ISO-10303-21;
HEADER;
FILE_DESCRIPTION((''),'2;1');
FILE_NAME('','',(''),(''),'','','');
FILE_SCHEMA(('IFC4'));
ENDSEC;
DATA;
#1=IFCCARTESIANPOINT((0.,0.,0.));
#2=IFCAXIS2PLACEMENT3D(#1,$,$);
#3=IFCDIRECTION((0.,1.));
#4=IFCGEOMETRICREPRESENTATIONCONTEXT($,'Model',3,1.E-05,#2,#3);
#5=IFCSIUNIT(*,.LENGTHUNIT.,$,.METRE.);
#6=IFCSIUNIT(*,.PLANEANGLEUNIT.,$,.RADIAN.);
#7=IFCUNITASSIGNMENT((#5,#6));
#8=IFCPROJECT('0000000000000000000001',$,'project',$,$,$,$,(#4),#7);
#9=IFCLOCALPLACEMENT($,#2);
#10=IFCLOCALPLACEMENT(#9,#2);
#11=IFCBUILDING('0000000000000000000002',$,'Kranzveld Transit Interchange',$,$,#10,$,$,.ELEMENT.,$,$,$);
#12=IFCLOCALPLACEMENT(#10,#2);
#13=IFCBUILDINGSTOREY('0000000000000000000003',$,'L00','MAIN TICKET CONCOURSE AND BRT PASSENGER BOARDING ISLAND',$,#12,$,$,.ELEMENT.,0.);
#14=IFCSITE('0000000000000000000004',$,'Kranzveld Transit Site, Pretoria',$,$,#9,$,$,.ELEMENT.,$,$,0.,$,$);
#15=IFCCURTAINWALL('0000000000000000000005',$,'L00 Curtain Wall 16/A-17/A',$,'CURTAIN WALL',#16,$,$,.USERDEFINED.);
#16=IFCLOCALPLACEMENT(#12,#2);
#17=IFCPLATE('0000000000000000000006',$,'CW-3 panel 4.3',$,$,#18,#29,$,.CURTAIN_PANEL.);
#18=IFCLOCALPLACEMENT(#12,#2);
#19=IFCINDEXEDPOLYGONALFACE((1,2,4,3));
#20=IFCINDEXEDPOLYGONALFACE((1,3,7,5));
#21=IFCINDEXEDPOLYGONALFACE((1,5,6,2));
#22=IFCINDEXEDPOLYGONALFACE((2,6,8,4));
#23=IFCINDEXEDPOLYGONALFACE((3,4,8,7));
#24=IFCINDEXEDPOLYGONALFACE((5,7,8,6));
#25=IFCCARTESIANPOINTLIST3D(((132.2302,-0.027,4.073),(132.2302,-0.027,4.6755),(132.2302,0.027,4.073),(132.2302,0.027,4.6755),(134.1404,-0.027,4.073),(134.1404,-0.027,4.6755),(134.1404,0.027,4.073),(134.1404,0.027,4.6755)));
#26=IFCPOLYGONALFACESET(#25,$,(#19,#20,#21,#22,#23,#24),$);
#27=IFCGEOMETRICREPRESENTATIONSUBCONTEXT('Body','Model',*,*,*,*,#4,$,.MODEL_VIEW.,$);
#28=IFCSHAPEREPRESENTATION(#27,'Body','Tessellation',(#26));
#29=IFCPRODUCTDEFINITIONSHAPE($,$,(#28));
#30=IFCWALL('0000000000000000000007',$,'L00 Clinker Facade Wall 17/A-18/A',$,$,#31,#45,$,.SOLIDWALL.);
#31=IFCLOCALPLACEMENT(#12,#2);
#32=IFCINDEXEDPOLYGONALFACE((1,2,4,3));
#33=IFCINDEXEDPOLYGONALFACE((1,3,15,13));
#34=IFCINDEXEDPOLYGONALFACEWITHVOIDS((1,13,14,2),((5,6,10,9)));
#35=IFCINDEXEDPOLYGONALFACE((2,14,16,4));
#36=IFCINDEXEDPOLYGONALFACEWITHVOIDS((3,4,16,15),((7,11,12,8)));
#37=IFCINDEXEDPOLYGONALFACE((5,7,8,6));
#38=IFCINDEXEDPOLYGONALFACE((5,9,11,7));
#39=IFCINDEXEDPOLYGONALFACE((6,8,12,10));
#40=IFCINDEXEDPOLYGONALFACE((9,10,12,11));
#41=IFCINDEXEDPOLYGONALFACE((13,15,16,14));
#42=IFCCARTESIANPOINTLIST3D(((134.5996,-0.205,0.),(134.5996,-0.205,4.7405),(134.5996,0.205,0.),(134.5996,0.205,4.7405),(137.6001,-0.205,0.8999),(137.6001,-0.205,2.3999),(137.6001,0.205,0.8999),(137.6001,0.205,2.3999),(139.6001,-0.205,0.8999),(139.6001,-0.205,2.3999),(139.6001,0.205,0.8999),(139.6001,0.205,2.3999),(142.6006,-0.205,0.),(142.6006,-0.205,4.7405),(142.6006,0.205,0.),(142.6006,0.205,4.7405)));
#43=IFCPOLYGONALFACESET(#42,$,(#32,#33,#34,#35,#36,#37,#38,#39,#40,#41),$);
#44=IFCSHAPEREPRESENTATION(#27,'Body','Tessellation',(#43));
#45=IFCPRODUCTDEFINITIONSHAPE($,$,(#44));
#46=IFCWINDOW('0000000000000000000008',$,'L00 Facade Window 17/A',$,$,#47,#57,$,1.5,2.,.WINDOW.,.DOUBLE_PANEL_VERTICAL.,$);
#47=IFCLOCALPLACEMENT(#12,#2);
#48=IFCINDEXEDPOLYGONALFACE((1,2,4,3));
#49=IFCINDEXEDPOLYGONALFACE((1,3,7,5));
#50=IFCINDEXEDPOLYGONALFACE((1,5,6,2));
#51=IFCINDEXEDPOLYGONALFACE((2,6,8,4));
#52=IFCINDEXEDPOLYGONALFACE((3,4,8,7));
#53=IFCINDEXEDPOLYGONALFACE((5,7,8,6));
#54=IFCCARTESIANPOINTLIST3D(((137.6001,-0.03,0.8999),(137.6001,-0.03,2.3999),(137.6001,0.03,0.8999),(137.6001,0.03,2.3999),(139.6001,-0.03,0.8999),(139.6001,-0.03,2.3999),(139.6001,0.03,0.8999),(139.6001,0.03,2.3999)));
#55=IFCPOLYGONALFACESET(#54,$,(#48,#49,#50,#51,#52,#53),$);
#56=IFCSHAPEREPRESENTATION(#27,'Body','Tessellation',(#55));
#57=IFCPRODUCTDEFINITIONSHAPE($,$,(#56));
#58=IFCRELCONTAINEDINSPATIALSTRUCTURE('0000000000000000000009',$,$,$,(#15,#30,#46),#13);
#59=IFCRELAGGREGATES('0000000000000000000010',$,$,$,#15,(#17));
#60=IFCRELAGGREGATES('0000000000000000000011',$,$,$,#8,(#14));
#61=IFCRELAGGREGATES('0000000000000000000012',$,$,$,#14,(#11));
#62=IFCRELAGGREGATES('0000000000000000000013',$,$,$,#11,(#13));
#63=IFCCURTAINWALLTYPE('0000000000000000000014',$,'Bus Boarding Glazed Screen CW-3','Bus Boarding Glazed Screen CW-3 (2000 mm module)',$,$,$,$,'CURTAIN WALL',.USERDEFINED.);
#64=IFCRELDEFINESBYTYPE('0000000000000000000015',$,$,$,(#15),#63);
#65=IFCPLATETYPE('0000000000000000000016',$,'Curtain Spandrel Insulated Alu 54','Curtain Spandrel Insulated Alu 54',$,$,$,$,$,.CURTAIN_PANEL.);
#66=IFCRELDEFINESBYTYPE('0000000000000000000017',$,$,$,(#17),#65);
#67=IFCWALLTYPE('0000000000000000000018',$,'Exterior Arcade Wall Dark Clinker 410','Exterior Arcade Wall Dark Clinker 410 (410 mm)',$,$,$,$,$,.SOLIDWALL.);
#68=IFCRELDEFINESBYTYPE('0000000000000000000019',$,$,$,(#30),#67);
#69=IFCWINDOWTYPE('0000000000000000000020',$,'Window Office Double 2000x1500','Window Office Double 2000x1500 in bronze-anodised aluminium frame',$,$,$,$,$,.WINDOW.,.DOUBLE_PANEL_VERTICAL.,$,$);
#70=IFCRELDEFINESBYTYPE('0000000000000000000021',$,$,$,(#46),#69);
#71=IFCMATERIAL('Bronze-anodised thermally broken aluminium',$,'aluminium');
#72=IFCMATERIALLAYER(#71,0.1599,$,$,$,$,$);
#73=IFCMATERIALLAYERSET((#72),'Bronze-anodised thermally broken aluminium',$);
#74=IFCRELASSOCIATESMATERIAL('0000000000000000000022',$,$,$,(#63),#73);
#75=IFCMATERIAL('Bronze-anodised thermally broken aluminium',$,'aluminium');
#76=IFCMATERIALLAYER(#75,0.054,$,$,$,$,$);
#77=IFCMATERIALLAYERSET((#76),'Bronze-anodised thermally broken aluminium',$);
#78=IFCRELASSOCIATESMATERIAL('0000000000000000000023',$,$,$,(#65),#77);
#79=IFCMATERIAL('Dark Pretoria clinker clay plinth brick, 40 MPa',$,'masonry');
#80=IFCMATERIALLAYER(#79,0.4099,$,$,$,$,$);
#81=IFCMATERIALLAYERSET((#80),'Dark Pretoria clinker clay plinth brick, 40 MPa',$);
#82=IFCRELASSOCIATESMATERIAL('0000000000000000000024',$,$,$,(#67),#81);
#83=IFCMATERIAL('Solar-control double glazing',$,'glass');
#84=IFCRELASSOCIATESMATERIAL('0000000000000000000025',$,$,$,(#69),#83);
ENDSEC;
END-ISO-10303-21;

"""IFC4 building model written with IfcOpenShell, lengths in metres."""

from ifc_helpers import new_model, si_unit, direction, frame, frame_2d, origin, origin_2d, place, context, subcontext, project, spatial, rectangle, extrude, material, layer, layer_set, type_object, element, fill, aggregate, save


model = new_model("IFC4")

# Units and contexts
model_context = context("Model", 3, precision=1e-05, world=origin(), true_north=direction((0.0, 1.0)))
body_context = subcontext(model_context, "Body", "Model", "MODEL_VIEW")
ifc_project = project(units=[si_unit("LENGTHUNIT", "METRE"), si_unit("PLANEANGLEUNIT", "RADIAN")], contexts=[model_context])

# Site, building, storey
site_placement = place(None, origin())
site = spatial("IfcSite", under=ifc_project, at=site_placement, Name="Kranzveld Transit Site, Pretoria", CompositionType="ELEMENT", RefElevation=0.0)
building_placement = place(site_placement, origin())
building = spatial("IfcBuilding", under=site, at=building_placement, Name="Kranzveld Transit Interchange", CompositionType="ELEMENT")
storey_placement = place(building_placement, origin())
storey = spatial("IfcBuildingStorey", under=building, at=storey_placement, Name="L00", Description="MAIN TICKET CONCOURSE AND BRT PASSENGER BOARDING ISLAND", CompositionType="ELEMENT", Elevation=0.0)

# Curtain wall
ifc_material_1 = material(Name="Bronze-anodised thermally broken aluminium", Category="aluminium")
ifc_layer_1 = layer(ifc_material_1, 0.1599)
ifc_layer_set_1 = layer_set([ifc_layer_1], Name="Bronze-anodised thermally broken aluminium")
curtain_wall_type_1 = type_object("IfcCurtainWallType", Name="Bus Boarding Glazed Screen CW-3", Description="Bus Boarding Glazed Screen CW-3 (2000 mm module)", ElementType="CURTAIN WALL", PredefinedType="USERDEFINED", material=ifc_layer_set_1)
curtain_wall_1_placement = place(storey_placement, origin())
curtain_wall_1 = element("IfcCurtainWall", 1, at=curtain_wall_1_placement, inside=storey, type_object=curtain_wall_type_1, Name="L00 Curtain Wall 16/A-17/A", ObjectType="CURTAIN WALL", PredefinedType="USERDEFINED")

# Plate
ifc_material_2 = material(Name="Bronze-anodised thermally broken aluminium", Category="aluminium")
ifc_layer_2 = layer(ifc_material_2, 0.054)
ifc_layer_set_2 = layer_set([ifc_layer_2], Name="Bronze-anodised thermally broken aluminium")
plate_type_1 = type_object("IfcPlateType", Name="Curtain Spandrel Insulated Alu 54", Description="Curtain Spandrel Insulated Alu 54", PredefinedType="CURTAIN_PANEL", material=ifc_layer_set_2)
plate_1_placement = place(storey_placement, frame((133.1853, 0.0, 4.073), z_axis=(0.0, 0.0, 1.0), x_axis=(1.0, 0.0, 0.0)))
plate_1 = element("IfcPlate", 2, at=plate_1_placement, type_object=plate_type_1, Name="CW-3 panel 4.3", PredefinedType="CURTAIN_PANEL", context=body_context, shape_type="SweptSolid", body=[
    extrude(rectangle(XDim=1.9102, YDim=0.054, at=origin_2d()), origin(), (0.0, 0.0, 1.0), 0.6025),
])
aggregate(curtain_wall_1, [plate_1])

# Wall, opening, window
ifc_material_3 = material(Name="Dark Pretoria clinker clay plinth brick, 40 MPa", Category="masonry")
ifc_layer_3 = layer(ifc_material_3, 0.4099)
ifc_layer_set_3 = layer_set([ifc_layer_3], Name="Dark Pretoria clinker clay plinth brick, 40 MPa")
wall_type = type_object("IfcWallType", Name="Exterior Arcade Wall Dark Clinker 410", Description="Exterior Arcade Wall Dark Clinker 410 (410 mm)", PredefinedType="SOLIDWALL", material=ifc_layer_set_3)
wall_placement = place(storey_placement, frame((134.5996, 0.0, 0.0), z_axis=(0.0, 0.0, 1.0), x_axis=(1.0, 0.0, 0.0)))
wall = element("IfcWall", 3, at=wall_placement, inside=storey, type_object=wall_type, Name="L00 Clinker Facade Wall 17/A-18/A", PredefinedType="SOLIDWALL", context=body_context, shape_type="SweptSolid", body=[
    extrude(rectangle(XDim=8.001, YDim=0.4099, at=frame_2d((4.0005, 0.0))), origin(), (0.0, 0.0, 1.0), 4.7405),
])
opening_placement = place(wall_placement, frame((3.0005, 0.0, 0.8999), z_axis=(0.0, 0.0, 1.0), x_axis=(1.0, 0.0, 0.0)))
opening = element("IfcOpeningElement", 4, at=opening_placement, cuts=wall, PredefinedType="OPENING", context=body_context, shape_type="SweptSolid", body=[
    extrude(rectangle(XDim=2.0, YDim=1.5, at=frame_2d((1.0, 0.75))), frame((0.0, 0.2148, 0.0), z_axis=(0.0, -1.0, 0.0), x_axis=(1.0, 0.0, 0.0)), (0.0, 0.0, 1.0), 0.4299),
])
ifc_material_4 = material(Name="Solar-control double glazing", Category="glass")
window_type = type_object("IfcWindowType", Name="Window Office Double 2000x1500", Description="Window Office Double 2000x1500 in bronze-anodised aluminium frame", PartitioningType="DOUBLE_PANEL_VERTICAL", PredefinedType="WINDOW", material=ifc_material_4)
window_placement = place(opening_placement, origin())
window = element("IfcWindow", 5, at=window_placement, inside=storey, type_object=window_type, Name="L00 Facade Window 17/A", OverallHeight=1.5, OverallWidth=2.0, PartitioningType="DOUBLE_PANEL_VERTICAL", PredefinedType="WINDOW", context=body_context, shape_type="SweptSolid", body=[
    extrude(rectangle(XDim=2.0, YDim=1.5, at=frame_2d((1.0, 0.75))), frame((0.0, 0.03, 0.0), z_axis=(0.0, -1.0, 0.0), x_axis=(1.0, 0.0, 0.0)), (0.0, 0.0, 1.0), 0.0601),
])
fill(opening, window)

save(model, "model.ifc")
